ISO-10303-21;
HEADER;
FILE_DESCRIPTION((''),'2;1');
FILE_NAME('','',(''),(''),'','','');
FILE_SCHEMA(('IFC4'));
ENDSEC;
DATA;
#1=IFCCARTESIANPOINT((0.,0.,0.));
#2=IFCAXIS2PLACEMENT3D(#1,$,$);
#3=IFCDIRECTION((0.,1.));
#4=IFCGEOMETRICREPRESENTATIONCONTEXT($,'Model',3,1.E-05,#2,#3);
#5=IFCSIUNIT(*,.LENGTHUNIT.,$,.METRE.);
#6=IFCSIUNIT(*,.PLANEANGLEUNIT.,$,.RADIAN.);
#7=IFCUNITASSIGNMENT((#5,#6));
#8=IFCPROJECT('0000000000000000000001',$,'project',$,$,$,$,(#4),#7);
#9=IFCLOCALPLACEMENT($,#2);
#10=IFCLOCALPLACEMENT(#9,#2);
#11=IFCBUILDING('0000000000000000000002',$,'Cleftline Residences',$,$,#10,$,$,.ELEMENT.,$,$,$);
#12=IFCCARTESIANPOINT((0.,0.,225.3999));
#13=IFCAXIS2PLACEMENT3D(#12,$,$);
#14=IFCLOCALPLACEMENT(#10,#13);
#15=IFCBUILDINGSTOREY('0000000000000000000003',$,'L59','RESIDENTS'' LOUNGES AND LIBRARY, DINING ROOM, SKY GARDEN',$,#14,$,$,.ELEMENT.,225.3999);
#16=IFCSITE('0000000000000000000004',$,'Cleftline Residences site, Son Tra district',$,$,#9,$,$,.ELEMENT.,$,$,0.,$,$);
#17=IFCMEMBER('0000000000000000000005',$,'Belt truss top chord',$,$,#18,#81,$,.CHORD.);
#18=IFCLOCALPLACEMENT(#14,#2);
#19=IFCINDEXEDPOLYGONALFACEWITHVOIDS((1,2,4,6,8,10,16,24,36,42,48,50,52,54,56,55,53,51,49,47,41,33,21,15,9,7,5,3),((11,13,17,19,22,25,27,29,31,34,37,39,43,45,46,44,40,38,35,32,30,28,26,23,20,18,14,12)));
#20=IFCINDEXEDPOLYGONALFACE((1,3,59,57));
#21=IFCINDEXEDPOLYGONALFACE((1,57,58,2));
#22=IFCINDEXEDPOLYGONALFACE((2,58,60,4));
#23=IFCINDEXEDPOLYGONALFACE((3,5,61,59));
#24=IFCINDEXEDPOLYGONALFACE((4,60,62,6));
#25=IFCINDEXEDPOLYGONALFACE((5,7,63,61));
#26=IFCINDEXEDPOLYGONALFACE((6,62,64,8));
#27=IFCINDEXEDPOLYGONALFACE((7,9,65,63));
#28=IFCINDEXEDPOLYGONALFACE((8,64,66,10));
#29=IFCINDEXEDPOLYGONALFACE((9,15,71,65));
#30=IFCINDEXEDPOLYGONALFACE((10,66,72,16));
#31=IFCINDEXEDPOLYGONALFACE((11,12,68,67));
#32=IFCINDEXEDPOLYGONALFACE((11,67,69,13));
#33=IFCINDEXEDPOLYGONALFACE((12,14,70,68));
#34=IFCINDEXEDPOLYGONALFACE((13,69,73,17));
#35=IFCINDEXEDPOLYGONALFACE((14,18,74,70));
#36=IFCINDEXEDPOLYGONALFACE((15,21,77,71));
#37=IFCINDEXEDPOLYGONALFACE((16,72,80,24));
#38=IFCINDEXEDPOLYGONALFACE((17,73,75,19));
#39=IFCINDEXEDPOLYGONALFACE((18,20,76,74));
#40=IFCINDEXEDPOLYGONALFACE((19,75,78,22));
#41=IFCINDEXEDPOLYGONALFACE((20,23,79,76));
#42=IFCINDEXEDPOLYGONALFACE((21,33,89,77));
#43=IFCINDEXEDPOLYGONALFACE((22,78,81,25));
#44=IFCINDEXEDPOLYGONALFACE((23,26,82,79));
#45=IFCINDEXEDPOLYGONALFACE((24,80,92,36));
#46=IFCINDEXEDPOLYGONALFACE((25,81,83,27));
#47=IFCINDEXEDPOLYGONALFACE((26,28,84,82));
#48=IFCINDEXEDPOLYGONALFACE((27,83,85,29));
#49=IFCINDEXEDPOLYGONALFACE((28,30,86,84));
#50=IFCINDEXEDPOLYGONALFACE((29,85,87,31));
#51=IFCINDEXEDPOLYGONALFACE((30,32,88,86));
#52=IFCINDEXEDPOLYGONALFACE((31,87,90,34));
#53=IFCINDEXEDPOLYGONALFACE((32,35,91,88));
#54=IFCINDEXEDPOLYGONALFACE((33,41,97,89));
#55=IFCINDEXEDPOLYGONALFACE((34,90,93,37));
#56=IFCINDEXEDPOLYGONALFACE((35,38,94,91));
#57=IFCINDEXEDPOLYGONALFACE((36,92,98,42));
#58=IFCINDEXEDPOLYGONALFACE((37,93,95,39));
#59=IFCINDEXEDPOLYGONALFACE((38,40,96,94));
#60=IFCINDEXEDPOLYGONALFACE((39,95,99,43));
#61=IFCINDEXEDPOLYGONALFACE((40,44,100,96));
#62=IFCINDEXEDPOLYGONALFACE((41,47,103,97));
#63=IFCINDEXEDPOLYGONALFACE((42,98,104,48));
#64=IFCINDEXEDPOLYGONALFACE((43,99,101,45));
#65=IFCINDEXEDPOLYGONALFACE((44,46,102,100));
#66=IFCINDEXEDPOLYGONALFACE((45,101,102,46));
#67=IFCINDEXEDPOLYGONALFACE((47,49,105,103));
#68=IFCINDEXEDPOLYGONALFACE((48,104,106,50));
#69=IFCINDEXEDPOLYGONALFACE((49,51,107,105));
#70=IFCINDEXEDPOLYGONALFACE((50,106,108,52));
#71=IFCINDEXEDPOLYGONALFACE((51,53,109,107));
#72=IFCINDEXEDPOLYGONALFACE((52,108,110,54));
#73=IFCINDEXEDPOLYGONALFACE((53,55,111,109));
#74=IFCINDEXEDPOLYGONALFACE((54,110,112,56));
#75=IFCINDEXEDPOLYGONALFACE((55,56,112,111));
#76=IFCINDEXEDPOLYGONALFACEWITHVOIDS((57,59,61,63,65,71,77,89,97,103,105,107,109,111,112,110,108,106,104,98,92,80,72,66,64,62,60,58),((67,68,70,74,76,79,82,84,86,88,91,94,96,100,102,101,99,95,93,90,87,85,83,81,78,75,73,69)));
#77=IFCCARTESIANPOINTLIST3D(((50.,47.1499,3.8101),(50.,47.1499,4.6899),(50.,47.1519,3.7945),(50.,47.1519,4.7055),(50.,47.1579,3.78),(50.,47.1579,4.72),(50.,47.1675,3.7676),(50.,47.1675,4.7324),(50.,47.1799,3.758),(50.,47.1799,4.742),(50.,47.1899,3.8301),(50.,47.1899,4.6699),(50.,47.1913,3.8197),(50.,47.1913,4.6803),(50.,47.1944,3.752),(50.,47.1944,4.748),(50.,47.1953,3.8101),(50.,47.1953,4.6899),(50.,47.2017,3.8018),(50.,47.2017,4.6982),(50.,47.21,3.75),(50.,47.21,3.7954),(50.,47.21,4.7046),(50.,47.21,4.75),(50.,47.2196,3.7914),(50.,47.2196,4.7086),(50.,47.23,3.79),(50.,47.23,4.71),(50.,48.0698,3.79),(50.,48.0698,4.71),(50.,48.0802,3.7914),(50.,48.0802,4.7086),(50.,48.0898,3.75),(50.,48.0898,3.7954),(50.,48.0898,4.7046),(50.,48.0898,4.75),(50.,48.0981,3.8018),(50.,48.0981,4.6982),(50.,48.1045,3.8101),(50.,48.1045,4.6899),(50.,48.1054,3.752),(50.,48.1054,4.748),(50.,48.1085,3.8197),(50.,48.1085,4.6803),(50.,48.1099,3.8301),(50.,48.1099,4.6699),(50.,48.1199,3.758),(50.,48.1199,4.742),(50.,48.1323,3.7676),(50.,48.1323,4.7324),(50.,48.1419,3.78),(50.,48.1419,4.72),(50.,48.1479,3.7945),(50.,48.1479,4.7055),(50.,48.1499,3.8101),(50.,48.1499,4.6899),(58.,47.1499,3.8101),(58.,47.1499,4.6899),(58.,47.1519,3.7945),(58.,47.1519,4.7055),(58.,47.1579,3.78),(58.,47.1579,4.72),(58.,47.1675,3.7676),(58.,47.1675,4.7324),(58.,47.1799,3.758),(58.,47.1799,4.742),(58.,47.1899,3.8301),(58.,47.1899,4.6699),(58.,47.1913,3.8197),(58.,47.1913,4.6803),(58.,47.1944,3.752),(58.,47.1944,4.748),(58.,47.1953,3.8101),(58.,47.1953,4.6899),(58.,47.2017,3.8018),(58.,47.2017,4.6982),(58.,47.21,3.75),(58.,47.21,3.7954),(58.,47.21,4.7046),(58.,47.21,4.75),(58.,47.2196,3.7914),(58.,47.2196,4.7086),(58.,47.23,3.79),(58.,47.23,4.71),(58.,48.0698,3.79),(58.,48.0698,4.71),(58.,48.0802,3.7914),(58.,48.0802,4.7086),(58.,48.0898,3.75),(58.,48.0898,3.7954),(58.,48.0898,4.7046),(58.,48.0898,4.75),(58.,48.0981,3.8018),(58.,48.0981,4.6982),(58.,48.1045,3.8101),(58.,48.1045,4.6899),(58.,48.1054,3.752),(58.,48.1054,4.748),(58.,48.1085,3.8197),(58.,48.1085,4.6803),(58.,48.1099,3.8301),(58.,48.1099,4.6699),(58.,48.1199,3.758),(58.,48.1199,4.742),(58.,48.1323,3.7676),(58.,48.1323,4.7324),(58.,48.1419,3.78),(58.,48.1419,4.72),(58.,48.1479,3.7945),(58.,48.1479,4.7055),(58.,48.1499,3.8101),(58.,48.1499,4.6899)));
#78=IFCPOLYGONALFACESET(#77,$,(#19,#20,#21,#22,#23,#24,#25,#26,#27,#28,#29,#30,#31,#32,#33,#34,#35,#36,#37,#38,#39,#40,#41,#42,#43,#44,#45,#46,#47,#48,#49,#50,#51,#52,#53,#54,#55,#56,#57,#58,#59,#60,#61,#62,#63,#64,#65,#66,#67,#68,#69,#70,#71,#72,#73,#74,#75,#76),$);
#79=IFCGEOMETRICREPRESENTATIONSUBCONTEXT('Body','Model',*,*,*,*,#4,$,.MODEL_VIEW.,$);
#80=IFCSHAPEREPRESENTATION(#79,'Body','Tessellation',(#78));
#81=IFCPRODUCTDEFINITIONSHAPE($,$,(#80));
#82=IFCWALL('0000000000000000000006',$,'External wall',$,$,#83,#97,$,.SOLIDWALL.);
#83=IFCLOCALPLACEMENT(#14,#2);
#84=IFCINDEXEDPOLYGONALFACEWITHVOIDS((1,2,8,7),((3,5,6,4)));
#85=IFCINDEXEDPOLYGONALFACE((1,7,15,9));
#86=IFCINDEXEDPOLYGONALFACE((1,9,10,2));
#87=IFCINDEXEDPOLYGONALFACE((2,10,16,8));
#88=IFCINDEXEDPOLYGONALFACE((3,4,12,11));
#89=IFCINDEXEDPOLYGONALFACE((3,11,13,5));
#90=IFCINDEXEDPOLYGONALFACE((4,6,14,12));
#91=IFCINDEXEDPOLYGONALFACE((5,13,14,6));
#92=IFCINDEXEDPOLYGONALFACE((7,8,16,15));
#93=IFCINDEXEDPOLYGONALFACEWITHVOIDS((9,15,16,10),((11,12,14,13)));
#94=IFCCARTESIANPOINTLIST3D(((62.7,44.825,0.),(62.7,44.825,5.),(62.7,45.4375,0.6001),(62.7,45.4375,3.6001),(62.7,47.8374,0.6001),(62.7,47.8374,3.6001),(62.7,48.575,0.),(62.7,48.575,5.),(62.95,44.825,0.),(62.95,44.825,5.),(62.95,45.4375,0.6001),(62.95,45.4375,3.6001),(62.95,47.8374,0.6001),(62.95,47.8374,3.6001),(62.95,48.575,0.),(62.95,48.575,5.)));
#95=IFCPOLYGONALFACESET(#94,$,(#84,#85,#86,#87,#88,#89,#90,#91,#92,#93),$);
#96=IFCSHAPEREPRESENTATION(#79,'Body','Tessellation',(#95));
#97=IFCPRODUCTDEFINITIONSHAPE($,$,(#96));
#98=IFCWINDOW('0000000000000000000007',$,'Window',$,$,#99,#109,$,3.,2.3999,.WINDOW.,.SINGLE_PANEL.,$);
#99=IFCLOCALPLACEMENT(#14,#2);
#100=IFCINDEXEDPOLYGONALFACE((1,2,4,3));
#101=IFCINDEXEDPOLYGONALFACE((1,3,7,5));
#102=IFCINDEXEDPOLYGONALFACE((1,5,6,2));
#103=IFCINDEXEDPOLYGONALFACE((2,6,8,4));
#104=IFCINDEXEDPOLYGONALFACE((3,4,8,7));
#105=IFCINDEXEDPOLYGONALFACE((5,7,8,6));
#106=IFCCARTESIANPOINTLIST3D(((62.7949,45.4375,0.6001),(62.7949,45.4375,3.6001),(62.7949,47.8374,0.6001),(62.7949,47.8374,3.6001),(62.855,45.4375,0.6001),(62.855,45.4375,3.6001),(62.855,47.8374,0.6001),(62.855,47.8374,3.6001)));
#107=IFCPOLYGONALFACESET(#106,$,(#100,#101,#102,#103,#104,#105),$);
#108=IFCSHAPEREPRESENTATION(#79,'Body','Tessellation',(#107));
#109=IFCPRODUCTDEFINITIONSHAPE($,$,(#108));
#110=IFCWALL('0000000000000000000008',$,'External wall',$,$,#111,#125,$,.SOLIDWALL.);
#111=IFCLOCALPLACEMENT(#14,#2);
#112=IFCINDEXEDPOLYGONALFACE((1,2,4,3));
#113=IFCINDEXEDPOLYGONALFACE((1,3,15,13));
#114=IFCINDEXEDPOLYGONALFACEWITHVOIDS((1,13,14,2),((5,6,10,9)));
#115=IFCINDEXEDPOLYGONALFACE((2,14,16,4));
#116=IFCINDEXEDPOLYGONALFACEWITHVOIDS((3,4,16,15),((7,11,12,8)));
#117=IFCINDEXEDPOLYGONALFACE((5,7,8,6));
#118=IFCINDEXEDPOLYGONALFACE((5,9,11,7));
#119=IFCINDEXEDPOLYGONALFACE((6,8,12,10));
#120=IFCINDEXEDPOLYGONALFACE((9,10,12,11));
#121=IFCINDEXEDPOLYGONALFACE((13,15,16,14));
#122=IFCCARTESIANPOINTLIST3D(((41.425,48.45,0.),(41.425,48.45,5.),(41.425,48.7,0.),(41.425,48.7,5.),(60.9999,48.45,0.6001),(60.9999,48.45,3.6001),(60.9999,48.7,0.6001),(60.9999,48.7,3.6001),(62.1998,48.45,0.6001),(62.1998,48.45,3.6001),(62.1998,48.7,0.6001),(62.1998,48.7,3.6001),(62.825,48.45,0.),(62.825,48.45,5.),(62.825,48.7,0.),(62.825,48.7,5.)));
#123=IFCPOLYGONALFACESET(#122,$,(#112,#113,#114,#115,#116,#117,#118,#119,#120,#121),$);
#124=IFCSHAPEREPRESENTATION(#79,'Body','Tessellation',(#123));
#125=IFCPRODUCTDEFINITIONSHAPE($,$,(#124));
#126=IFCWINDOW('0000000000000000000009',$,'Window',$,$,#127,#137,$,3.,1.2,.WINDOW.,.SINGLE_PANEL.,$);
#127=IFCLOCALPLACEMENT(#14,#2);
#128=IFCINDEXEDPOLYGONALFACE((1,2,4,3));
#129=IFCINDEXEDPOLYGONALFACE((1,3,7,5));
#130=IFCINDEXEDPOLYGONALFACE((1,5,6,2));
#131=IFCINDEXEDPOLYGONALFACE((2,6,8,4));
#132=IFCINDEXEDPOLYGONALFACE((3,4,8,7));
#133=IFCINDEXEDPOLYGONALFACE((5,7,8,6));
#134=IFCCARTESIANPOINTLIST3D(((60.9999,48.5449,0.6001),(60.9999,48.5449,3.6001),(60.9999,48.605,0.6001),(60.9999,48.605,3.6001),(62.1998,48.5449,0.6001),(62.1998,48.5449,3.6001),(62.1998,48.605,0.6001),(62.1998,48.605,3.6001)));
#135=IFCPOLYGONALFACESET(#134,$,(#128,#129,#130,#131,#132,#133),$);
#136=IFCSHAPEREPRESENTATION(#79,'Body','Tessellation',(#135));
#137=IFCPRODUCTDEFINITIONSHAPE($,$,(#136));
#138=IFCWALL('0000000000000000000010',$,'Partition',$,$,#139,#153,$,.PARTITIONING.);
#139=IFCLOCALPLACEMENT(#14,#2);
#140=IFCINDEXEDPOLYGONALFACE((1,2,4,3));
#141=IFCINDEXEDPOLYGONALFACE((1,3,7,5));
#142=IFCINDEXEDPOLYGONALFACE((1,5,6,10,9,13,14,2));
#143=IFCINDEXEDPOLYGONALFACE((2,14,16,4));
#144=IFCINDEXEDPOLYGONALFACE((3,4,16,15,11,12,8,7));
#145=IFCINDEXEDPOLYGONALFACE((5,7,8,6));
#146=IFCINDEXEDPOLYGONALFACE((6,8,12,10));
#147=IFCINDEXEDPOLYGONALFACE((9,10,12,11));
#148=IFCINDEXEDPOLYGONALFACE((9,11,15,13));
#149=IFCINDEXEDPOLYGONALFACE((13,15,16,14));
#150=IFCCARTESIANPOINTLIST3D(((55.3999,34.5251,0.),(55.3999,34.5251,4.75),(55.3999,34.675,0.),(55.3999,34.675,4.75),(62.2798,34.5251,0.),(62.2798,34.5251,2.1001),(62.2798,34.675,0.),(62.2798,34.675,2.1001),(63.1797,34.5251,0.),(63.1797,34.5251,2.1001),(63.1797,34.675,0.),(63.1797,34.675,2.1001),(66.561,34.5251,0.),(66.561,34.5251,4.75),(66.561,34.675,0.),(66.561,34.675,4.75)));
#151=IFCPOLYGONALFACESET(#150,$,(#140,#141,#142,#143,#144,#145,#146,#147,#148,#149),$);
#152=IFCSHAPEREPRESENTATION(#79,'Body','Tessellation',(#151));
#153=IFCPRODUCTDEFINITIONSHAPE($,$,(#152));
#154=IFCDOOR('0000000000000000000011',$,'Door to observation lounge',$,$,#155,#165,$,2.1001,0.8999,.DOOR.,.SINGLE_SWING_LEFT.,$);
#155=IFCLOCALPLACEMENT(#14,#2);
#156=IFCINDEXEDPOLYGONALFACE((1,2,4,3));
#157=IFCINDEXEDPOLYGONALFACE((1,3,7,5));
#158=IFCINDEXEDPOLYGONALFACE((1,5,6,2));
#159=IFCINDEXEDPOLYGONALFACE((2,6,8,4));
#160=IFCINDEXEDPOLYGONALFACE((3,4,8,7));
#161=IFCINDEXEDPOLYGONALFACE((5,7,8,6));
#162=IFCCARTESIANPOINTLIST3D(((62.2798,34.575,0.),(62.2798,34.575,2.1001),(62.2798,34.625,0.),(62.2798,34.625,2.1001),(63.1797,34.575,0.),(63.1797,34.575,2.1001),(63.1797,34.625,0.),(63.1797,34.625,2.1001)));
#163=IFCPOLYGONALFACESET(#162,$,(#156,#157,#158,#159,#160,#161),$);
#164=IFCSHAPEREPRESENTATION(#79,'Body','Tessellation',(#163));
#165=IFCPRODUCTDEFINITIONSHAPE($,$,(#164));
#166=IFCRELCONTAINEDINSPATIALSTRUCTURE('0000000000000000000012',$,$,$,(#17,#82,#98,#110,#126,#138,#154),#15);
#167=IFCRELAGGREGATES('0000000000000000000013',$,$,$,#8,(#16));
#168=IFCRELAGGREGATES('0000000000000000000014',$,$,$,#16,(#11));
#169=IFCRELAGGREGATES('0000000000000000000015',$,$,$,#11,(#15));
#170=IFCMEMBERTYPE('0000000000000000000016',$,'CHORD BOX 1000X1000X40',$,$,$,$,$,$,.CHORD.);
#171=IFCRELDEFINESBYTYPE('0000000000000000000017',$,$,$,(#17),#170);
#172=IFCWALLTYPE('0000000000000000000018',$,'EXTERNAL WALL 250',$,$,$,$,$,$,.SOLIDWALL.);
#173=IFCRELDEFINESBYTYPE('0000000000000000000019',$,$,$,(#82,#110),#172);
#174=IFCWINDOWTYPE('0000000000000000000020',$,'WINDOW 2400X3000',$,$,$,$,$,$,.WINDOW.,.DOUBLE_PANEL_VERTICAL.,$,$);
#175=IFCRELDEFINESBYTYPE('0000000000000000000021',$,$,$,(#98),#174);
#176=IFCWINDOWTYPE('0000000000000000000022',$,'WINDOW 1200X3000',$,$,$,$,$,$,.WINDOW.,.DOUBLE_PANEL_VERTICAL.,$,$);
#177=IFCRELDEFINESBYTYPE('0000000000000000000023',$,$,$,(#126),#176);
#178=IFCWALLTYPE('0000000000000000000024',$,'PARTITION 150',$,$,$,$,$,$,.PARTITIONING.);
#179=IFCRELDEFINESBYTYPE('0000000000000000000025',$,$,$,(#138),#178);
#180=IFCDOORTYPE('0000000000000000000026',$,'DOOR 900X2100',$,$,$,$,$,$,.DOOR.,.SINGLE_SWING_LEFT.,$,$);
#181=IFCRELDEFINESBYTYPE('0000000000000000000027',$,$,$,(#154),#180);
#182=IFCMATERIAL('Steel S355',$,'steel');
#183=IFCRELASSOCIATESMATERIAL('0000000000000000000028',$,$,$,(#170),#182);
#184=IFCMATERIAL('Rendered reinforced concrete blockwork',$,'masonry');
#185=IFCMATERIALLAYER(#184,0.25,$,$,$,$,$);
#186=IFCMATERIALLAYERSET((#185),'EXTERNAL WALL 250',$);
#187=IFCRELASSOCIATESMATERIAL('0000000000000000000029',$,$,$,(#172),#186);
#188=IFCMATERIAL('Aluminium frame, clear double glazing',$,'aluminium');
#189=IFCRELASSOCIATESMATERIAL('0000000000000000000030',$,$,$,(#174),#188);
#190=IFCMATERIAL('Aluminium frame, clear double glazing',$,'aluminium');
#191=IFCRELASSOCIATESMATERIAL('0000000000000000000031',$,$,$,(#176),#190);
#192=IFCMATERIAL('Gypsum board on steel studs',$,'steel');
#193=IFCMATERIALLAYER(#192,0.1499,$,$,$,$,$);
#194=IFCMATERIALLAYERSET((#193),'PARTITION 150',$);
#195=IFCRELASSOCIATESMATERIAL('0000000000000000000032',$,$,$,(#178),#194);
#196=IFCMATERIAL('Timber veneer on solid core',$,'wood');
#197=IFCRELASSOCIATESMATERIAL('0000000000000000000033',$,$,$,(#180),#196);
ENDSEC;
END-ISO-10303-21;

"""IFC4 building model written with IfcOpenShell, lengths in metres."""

from ifc_helpers import new_model, si_unit, direction, frame, frame_2d, origin, origin_2d, place, context, subcontext, project, spatial, rectangle, hollow_rectangle, extrude, material, layer, layer_set, material_profile, profile_set, type_object, element, fill, save


model = new_model("IFC4")

# Units and contexts
model_context = context("Model", 3, precision=1e-05, world=origin(), true_north=direction((0.0, 1.0)))
body_context = subcontext(model_context, "Body", "Model", "MODEL_VIEW")
ifc_project = project(units=[si_unit("LENGTHUNIT", "METRE"), si_unit("PLANEANGLEUNIT", "RADIAN")], contexts=[model_context])

# Site, building, storey
site_placement = place(None, origin())
site = spatial("IfcSite", under=ifc_project, at=site_placement, Name="Cleftline Residences site, Son Tra district", CompositionType="ELEMENT", RefElevation=0.0)
building_placement = place(site_placement, origin())
building = spatial("IfcBuilding", under=site, at=building_placement, Name="Cleftline Residences", CompositionType="ELEMENT")
storey_placement = place(building_placement, frame((0.0, 0.0, 225.3999)))
storey = spatial("IfcBuildingStorey", under=building, at=storey_placement, Name="L59", Description="RESIDENTS' LOUNGES AND LIBRARY, DINING ROOM, SKY GARDEN", CompositionType="ELEMENT", Elevation=225.3999)

# Member
ifc_material_1 = material(Name="Steel S355", Category="steel")
ifc_material_profile_1 = material_profile(ifc_material_1, hollow_rectangle(XDim=1.0, YDim=1.0, WallThickness=0.04, InnerFilletRadius=0.04, OuterFilletRadius=0.0601, at=origin_2d()))
ifc_profile_set_1 = profile_set([ifc_material_profile_1], Name="Steel S355")
member_type_1 = type_object("IfcMemberType", Name="CHORD BOX 1000X1000X40", PredefinedType="CHORD", material=ifc_profile_set_1)
for number, where, z_axis, x_axis, name in (
    (1, (50.0, 47.6499, 4.25), (1.0, 0.0, 0.0), (0.0, 1.0, 0.0), "Belt truss top chord"),
):
    element("IfcMember", number, at=place(storey_placement, frame(where, z_axis=z_axis, x_axis=x_axis)), inside=storey, type_object=member_type_1, Name=name, PredefinedType="CHORD", context=body_context, shape_type="SweptSolid", body=[
        extrude(hollow_rectangle(XDim=1.0, YDim=1.0, WallThickness=0.04, InnerFilletRadius=0.04, OuterFilletRadius=0.0601, at=origin_2d()), origin(), (0.0, 0.0, 1.0), 8.0),
    ])

# Walls, openings, windows
ifc_material_2 = material(Name="Rendered reinforced concrete blockwork", Category="masonry")
ifc_layer_1 = layer(ifc_material_2, 0.25)
ifc_layer_set_1 = layer_set([ifc_layer_1], Name="EXTERNAL WALL 250")
wall_type_1 = type_object("IfcWallType", Name="EXTERNAL WALL 250", PredefinedType="SOLIDWALL", material=ifc_layer_set_1)
wall_1_placement = place(storey_placement, frame((62.825, 44.825, 0.0), z_axis=(0.0, 0.0, 1.0), x_axis=(0.0, 1.0, 0.0)))
wall_1 = element("IfcWall", 2, at=wall_1_placement, inside=storey, type_object=wall_type_1, Name="External wall", PredefinedType="SOLIDWALL", context=body_context, shape_type="SweptSolid", body=[
    extrude(rectangle(XDim=3.75, YDim=0.25, at=frame_2d((1.875, 0.0))), origin(), (0.0, 0.0, 1.0), 5.0),
])
opening_1_placement = place(wall_1_placement, frame((0.6125, 0.0, 0.6001)))
opening_1 = element("IfcOpeningElement", 3, at=opening_1_placement, cuts=wall_1, PredefinedType="OPENING", context=body_context, shape_type="SweptSolid", body=[
    extrude(rectangle(XDim=2.3999, YDim=3.0, at=frame_2d((1.2, 1.5))), frame((0.0, 0.135, 0.0), z_axis=(0.0, -1.0, 0.0), x_axis=(1.0, 0.0, 0.0)), (0.0, 0.0, 1.0), 0.27),
])
ifc_material_3 = material(Name="Aluminium frame, clear double glazing", Category="aluminium")
window_type_1 = type_object("IfcWindowType", Name="WINDOW 2400X3000", PartitioningType="DOUBLE_PANEL_VERTICAL", PredefinedType="WINDOW", material=ifc_material_3)
window_1_placement = place(opening_1_placement, origin())
window_1 = element("IfcWindow", 4, at=window_1_placement, inside=storey, type_object=window_type_1, Name="Window", OverallHeight=3.0, OverallWidth=2.3999, PartitioningType="SINGLE_PANEL", PredefinedType="WINDOW", context=body_context, shape_type="SweptSolid", body=[
    extrude(rectangle(XDim=2.3999, YDim=3.0, at=frame_2d((1.2, 1.5))), frame((0.0, 0.03, 0.0), z_axis=(0.0, -1.0, 0.0), x_axis=(1.0, 0.0, 0.0)), (0.0, 0.0, 1.0), 0.0601),
])
fill(opening_1, window_1)
wall_2_placement = place(storey_placement, frame((62.825, 48.575, 0.0), z_axis=(0.0, 0.0, 1.0), x_axis=(-1.0, 0.0, 0.0)))
wall_2 = element("IfcWall", 5, at=wall_2_placement, inside=storey, type_object=wall_type_1, Name="External wall", PredefinedType="SOLIDWALL", context=body_context, shape_type="SweptSolid", body=[
    extrude(rectangle(XDim=21.3999, YDim=0.25, at=frame_2d((10.7, 0.0))), origin(), (0.0, 0.0, 1.0), 5.0),
])
opening_2_placement = place(wall_2_placement, frame((0.625, 0.0, 0.6001)))
opening_2 = element("IfcOpeningElement", 6, at=opening_2_placement, cuts=wall_2, PredefinedType="OPENING", context=body_context, shape_type="SweptSolid", body=[
    extrude(rectangle(XDim=1.2, YDim=3.0, at=frame_2d((0.6001, 1.5))), frame((0.0, 0.135, 0.0), z_axis=(0.0, -1.0, 0.0), x_axis=(1.0, 0.0, 0.0)), (0.0, 0.0, 1.0), 0.27),
])
ifc_material_4 = material(Name="Aluminium frame, clear double glazing", Category="aluminium")
window_type_2 = type_object("IfcWindowType", Name="WINDOW 1200X3000", PartitioningType="DOUBLE_PANEL_VERTICAL", PredefinedType="WINDOW", material=ifc_material_4)
window_2_placement = place(opening_2_placement, origin())
window_2 = element("IfcWindow", 7, at=window_2_placement, inside=storey, type_object=window_type_2, Name="Window", OverallHeight=3.0, OverallWidth=1.2, PartitioningType="SINGLE_PANEL", PredefinedType="WINDOW", context=body_context, shape_type="SweptSolid", body=[
    extrude(rectangle(XDim=1.2, YDim=3.0, at=frame_2d((0.6001, 1.5))), frame((0.0, 0.03, 0.0), z_axis=(0.0, -1.0, 0.0), x_axis=(1.0, 0.0, 0.0)), (0.0, 0.0, 1.0), 0.0601),
])
fill(opening_2, window_2)

# Wall, opening, door
ifc_material_5 = material(Name="Gypsum board on steel studs", Category="steel")
ifc_layer_2 = layer(ifc_material_5, 0.1499)
ifc_layer_set_2 = layer_set([ifc_layer_2], Name="PARTITION 150")
wall_type_2 = type_object("IfcWallType", Name="PARTITION 150", PredefinedType="PARTITIONING", material=ifc_layer_set_2)
wall_3_placement = place(storey_placement, frame((55.3999, 34.6001, 0.0), z_axis=(0.0, 0.0, 1.0), x_axis=(1.0, 0.0, 0.0)))
wall_3 = element("IfcWall", 8, at=wall_3_placement, inside=storey, type_object=wall_type_2, Name="Partition", PredefinedType="PARTITIONING", context=body_context, shape_type="SweptSolid", body=[
    extrude(rectangle(XDim=11.1611, YDim=0.1499, at=frame_2d((5.5806, 0.0))), origin(), (0.0, 0.0, 1.0), 4.75),
])
opening_3_placement = place(wall_3_placement, frame((6.8799, 0.0, 0.0)))
opening_3 = element("IfcOpeningElement", 9, at=opening_3_placement, cuts=wall_3, PredefinedType="OPENING", context=body_context, shape_type="SweptSolid", body=[
    extrude(rectangle(XDim=0.8999, YDim=2.1001, at=frame_2d((0.45, 1.05))), frame((0.0, 0.085, 0.0), z_axis=(0.0, -1.0, 0.0), x_axis=(1.0, 0.0, 0.0)), (0.0, 0.0, 1.0), 0.1699),
])
ifc_material_6 = material(Name="Timber veneer on solid core", Category="wood")
door_type = type_object("IfcDoorType", Name="DOOR 900X2100", OperationType="SINGLE_SWING_LEFT", PredefinedType="DOOR", material=ifc_material_6)
door_1_placement = place(opening_3_placement, origin())
door_1 = element("IfcDoor", 10, at=door_1_placement, inside=storey, type_object=door_type, Name="Door to observation lounge", OperationType="SINGLE_SWING_LEFT", OverallHeight=2.1001, OverallWidth=0.8999, PredefinedType="DOOR", context=body_context, shape_type="SweptSolid", body=[
    extrude(rectangle(XDim=0.8999, YDim=2.1001, at=frame_2d((0.45, 1.05))), frame((0.0, 0.0249, 0.0), z_axis=(0.0, -1.0, 0.0), x_axis=(1.0, 0.0, 0.0)), (0.0, 0.0, 1.0), 0.05),
])
fill(opening_3, door_1)

save(model, "model.ifc")
